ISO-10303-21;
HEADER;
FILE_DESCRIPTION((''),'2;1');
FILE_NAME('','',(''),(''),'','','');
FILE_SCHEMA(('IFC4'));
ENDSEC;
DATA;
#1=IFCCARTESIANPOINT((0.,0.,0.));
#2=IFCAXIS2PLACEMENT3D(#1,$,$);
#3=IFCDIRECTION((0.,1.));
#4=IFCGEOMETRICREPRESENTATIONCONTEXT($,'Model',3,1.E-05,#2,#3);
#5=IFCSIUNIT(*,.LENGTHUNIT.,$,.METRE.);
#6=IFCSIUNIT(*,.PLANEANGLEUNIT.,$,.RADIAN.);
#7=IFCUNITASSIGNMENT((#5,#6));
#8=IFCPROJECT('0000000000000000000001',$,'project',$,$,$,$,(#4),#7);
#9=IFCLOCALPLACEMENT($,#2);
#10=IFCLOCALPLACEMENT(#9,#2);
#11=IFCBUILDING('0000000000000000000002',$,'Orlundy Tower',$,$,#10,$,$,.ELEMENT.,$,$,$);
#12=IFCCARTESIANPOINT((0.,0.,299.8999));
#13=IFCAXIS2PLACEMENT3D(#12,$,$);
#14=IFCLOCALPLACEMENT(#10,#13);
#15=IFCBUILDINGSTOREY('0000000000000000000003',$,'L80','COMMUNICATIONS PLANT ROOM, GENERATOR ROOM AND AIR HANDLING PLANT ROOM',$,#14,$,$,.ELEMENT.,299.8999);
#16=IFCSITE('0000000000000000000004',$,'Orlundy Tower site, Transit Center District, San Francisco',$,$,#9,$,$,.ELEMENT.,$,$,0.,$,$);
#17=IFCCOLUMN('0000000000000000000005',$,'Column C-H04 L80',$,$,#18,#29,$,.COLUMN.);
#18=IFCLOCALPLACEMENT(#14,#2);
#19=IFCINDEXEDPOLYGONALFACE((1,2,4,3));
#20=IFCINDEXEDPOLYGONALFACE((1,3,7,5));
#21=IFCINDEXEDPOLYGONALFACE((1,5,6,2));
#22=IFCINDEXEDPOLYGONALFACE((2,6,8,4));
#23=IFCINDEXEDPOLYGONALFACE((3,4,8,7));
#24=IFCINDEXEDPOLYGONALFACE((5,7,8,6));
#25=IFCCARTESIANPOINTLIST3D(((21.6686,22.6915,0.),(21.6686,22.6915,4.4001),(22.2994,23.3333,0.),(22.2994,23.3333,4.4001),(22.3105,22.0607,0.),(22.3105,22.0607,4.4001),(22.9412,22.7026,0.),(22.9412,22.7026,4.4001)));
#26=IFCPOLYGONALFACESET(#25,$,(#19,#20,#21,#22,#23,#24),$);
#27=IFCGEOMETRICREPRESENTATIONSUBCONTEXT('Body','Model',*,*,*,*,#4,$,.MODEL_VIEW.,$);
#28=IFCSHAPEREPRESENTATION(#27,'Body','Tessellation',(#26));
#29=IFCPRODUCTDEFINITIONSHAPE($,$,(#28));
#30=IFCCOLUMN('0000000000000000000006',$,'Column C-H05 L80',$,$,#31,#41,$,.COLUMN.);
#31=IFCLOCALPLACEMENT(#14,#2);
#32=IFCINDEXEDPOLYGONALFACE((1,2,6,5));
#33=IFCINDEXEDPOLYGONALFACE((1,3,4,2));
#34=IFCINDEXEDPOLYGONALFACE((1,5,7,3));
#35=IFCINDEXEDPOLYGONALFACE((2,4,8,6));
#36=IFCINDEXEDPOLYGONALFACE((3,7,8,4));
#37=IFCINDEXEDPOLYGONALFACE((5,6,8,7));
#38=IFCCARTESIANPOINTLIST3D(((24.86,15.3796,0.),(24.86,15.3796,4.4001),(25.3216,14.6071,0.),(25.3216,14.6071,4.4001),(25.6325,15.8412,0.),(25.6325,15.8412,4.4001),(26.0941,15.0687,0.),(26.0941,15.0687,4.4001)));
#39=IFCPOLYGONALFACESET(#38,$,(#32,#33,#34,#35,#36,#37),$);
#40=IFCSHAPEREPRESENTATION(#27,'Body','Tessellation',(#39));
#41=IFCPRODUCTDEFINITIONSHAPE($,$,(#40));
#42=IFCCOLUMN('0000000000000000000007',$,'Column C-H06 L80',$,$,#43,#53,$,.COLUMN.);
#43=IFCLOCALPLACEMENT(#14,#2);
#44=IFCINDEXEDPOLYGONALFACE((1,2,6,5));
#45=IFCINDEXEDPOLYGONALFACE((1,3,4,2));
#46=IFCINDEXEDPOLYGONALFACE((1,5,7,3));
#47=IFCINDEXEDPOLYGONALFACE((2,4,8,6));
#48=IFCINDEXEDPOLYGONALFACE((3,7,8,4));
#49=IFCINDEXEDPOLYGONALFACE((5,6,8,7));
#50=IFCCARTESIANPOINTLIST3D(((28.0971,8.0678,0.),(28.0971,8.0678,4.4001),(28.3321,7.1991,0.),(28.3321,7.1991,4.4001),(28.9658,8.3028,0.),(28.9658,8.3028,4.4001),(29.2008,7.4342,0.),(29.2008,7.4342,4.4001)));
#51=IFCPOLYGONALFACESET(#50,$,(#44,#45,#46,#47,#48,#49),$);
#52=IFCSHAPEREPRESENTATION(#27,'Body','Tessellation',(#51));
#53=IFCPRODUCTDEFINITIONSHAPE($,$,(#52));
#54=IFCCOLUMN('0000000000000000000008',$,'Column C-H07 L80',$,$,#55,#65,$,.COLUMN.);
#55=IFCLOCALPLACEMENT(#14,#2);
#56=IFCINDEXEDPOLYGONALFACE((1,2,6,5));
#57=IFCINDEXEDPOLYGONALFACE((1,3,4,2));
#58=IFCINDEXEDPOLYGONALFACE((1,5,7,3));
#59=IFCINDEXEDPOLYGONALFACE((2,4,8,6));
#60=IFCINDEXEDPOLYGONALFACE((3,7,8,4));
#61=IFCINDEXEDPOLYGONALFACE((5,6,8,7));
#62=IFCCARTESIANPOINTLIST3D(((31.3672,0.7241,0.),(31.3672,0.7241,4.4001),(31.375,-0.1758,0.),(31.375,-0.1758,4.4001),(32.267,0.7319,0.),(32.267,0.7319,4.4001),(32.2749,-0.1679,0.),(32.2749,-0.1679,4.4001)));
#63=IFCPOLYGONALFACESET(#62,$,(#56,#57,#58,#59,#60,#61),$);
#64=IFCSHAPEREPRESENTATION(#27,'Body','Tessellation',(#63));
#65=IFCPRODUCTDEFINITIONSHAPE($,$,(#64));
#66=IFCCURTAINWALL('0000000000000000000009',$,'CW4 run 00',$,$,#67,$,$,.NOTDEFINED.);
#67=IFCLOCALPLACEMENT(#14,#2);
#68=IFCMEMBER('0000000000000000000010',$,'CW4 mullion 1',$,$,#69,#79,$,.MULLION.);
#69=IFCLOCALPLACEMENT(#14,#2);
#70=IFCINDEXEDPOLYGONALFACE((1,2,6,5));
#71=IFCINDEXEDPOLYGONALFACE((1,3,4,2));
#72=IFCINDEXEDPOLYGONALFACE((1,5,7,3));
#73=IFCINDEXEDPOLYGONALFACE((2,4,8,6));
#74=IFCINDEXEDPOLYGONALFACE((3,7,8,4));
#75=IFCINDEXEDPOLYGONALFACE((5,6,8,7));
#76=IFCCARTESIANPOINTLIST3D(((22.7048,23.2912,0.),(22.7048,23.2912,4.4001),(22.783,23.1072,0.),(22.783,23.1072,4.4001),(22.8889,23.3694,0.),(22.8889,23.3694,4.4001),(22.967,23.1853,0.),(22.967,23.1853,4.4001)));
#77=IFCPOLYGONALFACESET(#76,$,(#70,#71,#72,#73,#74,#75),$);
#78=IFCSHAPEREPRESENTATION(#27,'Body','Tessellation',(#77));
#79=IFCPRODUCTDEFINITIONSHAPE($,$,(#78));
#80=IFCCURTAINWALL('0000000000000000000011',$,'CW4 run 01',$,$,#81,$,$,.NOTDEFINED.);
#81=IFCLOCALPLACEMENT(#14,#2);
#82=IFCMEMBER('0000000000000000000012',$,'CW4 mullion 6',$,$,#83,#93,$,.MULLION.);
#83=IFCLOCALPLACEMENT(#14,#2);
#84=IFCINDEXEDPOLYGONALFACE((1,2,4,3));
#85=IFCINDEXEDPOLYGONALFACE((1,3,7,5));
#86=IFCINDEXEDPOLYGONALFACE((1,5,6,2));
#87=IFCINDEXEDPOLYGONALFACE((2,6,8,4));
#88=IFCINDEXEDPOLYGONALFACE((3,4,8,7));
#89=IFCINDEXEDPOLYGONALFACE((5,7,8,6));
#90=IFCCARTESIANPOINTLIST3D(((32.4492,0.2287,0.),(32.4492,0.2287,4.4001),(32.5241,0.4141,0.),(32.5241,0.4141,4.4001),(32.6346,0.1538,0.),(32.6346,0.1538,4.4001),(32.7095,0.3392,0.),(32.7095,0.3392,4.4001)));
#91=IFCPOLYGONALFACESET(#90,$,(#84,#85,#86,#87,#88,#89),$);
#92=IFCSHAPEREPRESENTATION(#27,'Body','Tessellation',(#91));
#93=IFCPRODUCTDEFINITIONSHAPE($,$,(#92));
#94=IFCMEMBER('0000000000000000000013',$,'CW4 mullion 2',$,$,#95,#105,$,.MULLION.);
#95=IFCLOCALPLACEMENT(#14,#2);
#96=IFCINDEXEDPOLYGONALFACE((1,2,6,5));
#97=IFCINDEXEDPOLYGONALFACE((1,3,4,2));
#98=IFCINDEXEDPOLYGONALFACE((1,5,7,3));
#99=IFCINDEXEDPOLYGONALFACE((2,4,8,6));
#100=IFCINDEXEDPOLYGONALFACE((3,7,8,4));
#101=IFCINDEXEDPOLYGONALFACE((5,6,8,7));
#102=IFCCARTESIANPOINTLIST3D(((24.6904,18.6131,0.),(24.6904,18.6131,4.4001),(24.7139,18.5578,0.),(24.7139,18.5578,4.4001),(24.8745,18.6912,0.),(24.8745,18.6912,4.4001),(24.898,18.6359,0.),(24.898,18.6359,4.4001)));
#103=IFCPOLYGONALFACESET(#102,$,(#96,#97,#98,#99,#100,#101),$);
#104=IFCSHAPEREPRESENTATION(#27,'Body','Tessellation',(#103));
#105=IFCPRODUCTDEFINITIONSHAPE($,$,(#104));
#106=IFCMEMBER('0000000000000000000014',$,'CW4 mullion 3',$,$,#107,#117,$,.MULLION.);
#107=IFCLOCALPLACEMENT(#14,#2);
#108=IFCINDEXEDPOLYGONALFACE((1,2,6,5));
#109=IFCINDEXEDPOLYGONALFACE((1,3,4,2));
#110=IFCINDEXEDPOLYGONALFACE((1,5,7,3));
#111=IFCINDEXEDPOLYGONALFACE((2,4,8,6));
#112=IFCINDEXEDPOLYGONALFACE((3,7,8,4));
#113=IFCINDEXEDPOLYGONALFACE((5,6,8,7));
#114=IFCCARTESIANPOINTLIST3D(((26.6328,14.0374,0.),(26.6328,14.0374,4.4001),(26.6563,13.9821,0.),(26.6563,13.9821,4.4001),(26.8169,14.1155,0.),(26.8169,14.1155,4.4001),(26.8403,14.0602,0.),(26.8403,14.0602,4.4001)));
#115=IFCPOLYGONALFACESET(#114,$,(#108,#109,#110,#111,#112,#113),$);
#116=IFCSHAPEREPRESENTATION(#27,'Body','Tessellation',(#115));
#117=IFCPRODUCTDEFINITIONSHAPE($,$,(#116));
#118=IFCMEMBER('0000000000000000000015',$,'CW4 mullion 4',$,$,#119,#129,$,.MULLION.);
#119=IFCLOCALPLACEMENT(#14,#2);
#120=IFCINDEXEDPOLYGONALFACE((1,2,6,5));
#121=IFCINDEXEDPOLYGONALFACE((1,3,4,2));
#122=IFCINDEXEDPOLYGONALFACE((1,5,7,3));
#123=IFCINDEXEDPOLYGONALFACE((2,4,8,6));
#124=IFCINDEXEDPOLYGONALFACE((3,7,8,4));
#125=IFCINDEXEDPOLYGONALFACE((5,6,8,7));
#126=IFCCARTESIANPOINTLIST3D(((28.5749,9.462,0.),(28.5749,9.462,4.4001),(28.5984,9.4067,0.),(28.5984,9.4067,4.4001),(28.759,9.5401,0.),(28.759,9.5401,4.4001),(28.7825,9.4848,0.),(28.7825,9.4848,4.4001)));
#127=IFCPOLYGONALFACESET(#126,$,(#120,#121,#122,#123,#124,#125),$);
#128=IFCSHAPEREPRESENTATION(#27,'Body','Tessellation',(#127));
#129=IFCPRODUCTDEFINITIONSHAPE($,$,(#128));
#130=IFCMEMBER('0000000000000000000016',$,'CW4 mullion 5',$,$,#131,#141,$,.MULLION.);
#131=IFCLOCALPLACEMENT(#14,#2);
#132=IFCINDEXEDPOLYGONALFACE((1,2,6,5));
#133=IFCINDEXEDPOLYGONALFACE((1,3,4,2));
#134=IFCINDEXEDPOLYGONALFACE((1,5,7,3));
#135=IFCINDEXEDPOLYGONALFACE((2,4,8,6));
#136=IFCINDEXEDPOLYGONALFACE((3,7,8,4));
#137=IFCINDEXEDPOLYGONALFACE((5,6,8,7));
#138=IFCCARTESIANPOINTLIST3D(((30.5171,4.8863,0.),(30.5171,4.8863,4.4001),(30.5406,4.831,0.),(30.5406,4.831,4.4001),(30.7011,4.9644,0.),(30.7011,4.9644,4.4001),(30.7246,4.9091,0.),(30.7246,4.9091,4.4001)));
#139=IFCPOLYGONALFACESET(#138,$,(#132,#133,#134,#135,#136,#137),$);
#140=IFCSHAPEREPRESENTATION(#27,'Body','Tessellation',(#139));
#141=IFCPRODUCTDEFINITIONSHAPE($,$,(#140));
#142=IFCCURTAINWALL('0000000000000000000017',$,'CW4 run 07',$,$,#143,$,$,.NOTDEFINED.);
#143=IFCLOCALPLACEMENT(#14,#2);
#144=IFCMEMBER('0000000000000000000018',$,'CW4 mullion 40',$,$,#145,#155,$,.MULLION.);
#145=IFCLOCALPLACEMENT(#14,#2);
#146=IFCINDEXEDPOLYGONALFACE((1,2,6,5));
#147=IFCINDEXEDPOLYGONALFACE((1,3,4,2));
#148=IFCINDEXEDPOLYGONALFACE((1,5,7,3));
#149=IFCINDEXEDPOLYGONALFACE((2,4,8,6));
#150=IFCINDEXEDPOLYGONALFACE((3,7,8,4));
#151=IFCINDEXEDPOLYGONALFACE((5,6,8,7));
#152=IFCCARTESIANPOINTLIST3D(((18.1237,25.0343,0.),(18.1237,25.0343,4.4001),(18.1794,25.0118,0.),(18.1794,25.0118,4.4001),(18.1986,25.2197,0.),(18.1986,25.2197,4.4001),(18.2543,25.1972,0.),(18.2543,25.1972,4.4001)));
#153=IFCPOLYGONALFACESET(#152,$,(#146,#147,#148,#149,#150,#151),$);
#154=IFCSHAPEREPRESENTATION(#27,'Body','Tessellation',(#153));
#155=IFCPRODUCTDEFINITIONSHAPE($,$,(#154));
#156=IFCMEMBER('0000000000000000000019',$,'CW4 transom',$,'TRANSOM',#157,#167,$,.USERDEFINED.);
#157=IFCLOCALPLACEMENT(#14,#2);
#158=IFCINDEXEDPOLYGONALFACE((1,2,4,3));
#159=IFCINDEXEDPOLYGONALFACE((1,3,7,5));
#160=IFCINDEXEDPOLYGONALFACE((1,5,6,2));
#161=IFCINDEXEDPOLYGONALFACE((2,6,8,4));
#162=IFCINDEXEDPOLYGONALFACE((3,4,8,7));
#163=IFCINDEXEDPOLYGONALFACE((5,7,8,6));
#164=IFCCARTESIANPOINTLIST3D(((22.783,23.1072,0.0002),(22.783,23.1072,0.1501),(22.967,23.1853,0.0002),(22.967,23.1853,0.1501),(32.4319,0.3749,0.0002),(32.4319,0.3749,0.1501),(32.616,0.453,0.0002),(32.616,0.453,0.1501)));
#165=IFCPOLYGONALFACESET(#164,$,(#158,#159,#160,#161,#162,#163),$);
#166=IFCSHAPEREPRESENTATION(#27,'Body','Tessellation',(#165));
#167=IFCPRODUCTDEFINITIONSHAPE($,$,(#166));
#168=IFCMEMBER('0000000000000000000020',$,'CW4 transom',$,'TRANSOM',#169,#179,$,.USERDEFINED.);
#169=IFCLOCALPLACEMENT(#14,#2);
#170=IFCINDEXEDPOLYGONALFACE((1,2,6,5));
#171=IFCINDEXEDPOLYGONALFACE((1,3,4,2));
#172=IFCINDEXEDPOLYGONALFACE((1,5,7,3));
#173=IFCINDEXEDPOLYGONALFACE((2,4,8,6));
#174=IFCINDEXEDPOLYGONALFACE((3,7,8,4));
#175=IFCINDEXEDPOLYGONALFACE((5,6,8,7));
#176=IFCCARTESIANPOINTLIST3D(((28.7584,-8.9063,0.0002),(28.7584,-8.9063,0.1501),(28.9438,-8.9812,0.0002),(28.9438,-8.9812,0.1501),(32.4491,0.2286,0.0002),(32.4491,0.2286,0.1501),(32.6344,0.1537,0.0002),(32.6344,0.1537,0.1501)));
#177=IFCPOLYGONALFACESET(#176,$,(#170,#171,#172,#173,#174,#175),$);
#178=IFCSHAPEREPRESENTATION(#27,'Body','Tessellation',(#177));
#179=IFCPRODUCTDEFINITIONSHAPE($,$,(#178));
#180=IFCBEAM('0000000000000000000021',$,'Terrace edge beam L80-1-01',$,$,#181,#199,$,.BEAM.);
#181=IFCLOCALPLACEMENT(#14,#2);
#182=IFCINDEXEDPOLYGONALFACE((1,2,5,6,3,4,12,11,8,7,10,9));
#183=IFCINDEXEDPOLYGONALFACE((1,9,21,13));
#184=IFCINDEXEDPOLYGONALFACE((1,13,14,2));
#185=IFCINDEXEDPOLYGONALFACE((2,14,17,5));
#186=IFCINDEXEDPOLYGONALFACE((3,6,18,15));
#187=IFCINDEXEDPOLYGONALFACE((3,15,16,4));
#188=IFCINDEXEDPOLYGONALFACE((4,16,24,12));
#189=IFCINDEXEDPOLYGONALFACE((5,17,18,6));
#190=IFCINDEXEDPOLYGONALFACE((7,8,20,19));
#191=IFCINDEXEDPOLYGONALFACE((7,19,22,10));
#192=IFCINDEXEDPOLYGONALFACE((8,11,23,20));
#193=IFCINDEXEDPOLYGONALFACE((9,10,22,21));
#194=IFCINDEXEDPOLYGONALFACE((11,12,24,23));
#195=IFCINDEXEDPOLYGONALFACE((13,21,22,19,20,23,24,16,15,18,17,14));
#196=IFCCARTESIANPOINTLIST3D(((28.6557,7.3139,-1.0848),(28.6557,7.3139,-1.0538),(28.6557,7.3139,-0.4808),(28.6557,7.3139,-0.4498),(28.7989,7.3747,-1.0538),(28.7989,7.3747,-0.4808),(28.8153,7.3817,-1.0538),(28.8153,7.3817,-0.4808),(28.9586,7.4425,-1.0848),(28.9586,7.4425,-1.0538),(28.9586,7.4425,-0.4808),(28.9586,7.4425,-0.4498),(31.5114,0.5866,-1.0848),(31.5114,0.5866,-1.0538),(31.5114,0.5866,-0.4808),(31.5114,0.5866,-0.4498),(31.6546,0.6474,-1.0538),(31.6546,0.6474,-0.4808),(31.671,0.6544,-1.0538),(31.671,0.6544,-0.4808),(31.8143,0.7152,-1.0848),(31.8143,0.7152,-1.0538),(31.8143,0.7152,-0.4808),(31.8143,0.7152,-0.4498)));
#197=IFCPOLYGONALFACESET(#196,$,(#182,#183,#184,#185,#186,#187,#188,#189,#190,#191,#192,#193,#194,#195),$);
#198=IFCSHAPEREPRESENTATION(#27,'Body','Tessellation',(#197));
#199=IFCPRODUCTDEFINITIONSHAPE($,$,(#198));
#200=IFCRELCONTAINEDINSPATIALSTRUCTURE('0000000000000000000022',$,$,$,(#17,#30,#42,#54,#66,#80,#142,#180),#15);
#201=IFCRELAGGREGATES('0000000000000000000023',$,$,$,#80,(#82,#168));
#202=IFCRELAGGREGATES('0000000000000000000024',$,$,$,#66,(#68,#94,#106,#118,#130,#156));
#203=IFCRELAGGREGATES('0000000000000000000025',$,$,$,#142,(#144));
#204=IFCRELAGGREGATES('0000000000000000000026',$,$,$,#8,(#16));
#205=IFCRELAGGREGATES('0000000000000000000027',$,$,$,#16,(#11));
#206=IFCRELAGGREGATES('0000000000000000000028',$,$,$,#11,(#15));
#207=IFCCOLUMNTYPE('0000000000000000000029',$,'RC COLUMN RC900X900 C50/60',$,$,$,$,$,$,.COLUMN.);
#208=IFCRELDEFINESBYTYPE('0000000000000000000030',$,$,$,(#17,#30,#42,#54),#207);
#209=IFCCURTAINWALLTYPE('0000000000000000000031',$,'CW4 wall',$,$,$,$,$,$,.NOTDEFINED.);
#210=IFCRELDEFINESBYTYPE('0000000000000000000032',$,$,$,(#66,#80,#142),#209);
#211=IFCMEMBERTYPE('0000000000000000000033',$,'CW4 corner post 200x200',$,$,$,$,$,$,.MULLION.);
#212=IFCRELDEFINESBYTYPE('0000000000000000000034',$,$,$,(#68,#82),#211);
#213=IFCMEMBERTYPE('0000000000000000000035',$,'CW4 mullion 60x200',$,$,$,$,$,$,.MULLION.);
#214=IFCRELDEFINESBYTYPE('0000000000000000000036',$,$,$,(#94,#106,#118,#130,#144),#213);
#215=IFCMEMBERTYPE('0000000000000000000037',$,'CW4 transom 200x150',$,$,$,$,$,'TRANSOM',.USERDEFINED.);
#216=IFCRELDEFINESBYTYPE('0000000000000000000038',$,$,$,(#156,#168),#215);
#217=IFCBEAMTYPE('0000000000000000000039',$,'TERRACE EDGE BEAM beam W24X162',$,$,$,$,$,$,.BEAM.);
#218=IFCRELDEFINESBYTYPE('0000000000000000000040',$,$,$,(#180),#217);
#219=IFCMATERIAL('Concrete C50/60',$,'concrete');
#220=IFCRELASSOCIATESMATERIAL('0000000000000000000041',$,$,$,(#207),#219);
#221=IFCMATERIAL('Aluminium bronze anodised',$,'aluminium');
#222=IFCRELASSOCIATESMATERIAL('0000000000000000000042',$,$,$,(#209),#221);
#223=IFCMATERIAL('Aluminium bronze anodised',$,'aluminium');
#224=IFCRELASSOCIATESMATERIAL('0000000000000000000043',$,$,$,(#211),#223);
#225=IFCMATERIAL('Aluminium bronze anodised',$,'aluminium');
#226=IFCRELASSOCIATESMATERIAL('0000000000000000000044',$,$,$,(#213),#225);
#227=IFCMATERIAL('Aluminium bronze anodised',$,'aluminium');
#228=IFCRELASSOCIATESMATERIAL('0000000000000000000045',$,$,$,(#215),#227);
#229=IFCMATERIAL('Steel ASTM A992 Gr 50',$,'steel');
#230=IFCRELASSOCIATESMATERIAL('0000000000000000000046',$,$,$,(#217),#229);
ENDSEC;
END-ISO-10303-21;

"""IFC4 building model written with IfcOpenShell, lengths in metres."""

from ifc_helpers import new_model, si_unit, direction, frame, origin, origin_2d, place, context, subcontext, project, spatial, rectangle, i_section, extrude, material, material_profile, profile_set, type_object, element, aggregate, save


model = new_model("IFC4")

# Units and contexts
model_context = context("Model", 3, precision=1e-05, world=origin(), true_north=direction((0.0, 1.0)))
body_context = subcontext(model_context, "Body", "Model", "MODEL_VIEW")
ifc_project = project(units=[si_unit("LENGTHUNIT", "METRE"), si_unit("PLANEANGLEUNIT", "RADIAN")], contexts=[model_context])

# Site, building, storey
site_placement = place(None, origin())
site = spatial("IfcSite", under=ifc_project, at=site_placement, Name="Orlundy Tower site, Transit Center District, San Francisco", CompositionType="ELEMENT", RefElevation=0.0)
building_placement = place(site_placement, origin())
building = spatial("IfcBuilding", under=site, at=building_placement, Name="Orlundy Tower", CompositionType="ELEMENT")
storey_placement = place(building_placement, frame((0.0, 0.0, 299.8999)))
storey = spatial("IfcBuildingStorey", under=building, at=storey_placement, Name="L80", Description="COMMUNICATIONS PLANT ROOM, GENERATOR ROOM AND AIR HANDLING PLANT ROOM", CompositionType="ELEMENT", Elevation=299.8999)

# Columns
ifc_material_1 = material(Name="Concrete C50/60", Category="concrete")
ifc_material_profile_1 = material_profile(ifc_material_1, rectangle(XDim=0.8999, YDim=0.8999, at=origin_2d()), Name="RC900X900")
ifc_profile_set_1 = profile_set([ifc_material_profile_1], Name="Concrete C50/60")
column_type = type_object("IfcColumnType", Name="RC COLUMN RC900X900 C50/60", PredefinedType="COLUMN", material=ifc_profile_set_1)
for number, where, z_axis, x_axis, name in (
    (1, (22.3049, 22.697, 0.0), (0.0, 0.0, 1.0), (0.700922, 0.713238, 0.0), "Column C-H04 L80"),
    (2, (25.4771, 15.2241, 0.0), (0.0, 0.0, 1.0), (0.858414, 0.512957, 0.0), "Column C-H05 L80"),
    (3, (28.6489, 7.751, 0.0), (0.0, 0.0, 1.0), (0.965295, 0.261162, 0.0), "Column C-H06 L80"),
    (4, (31.821, 0.2781, 0.0), (0.0, 0.0, 1.0), (0.999962, 0.008744, 0.0), "Column C-H07 L80"),
):
    element("IfcColumn", number, at=place(storey_placement, frame(where, z_axis=z_axis, x_axis=x_axis)), inside=storey, type_object=column_type, Name=name, PredefinedType="COLUMN", context=body_context, shape_type="SweptSolid", body=[
        extrude(rectangle(XDim=0.8999, YDim=0.8999, at=origin_2d()), origin(), (0.0, 0.0, 1.0), 4.4001),
    ])

# Curtain walls, members
ifc_material_2 = material(Name="Aluminium bronze anodised", Category="aluminium")
curtain_wall_type = type_object("IfcCurtainWallType", Name="CW4 wall", PredefinedType="NOTDEFINED", material=ifc_material_2)
curtain_wall_1_placement = place(storey_placement, origin())
curtain_wall_1 = element("IfcCurtainWall", 5, at=curtain_wall_1_placement, inside=storey, type_object=curtain_wall_type, Name="CW4 run 00", PredefinedType="NOTDEFINED")
ifc_material_3 = material(Name="Aluminium bronze anodised", Category="aluminium")
ifc_material_profile_2 = material_profile(ifc_material_3, rectangle(XDim=0.2, YDim=0.2, at=origin_2d()), Name="CW4 corner post 200x200")
ifc_profile_set_2 = profile_set([ifc_material_profile_2], Name="Aluminium bronze anodised")
member_type_1 = type_object("IfcMemberType", Name="CW4 corner post 200x200", PredefinedType="MULLION", material=ifc_profile_set_2)
member_1_placement = place(storey_placement, frame((22.8359, 23.2383, 0.0), z_axis=(0.0, 0.0, 1.0), x_axis=(0.920507, 0.390727, 0.0)))
member_1 = element("IfcMember", 6, at=member_1_placement, type_object=member_type_1, Name="CW4 mullion 1", PredefinedType="MULLION", context=body_context, shape_type="SweptSolid", body=[
    extrude(rectangle(XDim=0.2, YDim=0.2, at=origin_2d()), origin(), (0.0, 0.0, 1.0), 4.4001),
])
curtain_wall_2_placement = place(storey_placement, origin())
curtain_wall_2 = element("IfcCurtainWall", 7, at=curtain_wall_2_placement, inside=storey, type_object=curtain_wall_type, Name="CW4 run 01", PredefinedType="NOTDEFINED")
member_2_placement = place(storey_placement, frame((32.5793, 0.2839, 0.0), z_axis=(0.0, 0.0, 1.0), x_axis=(0.927184, -0.374607, 0.0)))
member_2 = element("IfcMember", 8, at=member_2_placement, type_object=member_type_1, Name="CW4 mullion 6", PredefinedType="MULLION", context=body_context, shape_type="SweptSolid", body=[
    extrude(rectangle(XDim=0.2, YDim=0.2, at=origin_2d()), origin(), (0.0, 0.0, 1.0), 4.4001),
])

# Members
ifc_material_4 = material(Name="Aluminium bronze anodised", Category="aluminium")
ifc_material_profile_3 = material_profile(ifc_material_4, rectangle(XDim=0.2, YDim=0.0601, at=origin_2d()), Name="CW4 mullion 60x200")
ifc_profile_set_3 = profile_set([ifc_material_profile_3], Name="Aluminium bronze anodised")
member_type_2 = type_object("IfcMemberType", Name="CW4 mullion 60x200", PredefinedType="MULLION", material=ifc_profile_set_3)
member_3_placement = place(storey_placement, frame((24.7942, 18.6245, 0.0), z_axis=(0.0, 0.0, 1.0), x_axis=(0.920507, 0.390727, 0.0)))
member_3 = element("IfcMember", 9, at=member_3_placement, type_object=member_type_2, Name="CW4 mullion 2", PredefinedType="MULLION", context=body_context, shape_type="SweptSolid", body=[
    extrude(rectangle(XDim=0.2, YDim=0.0601, at=origin_2d()), origin(), (0.0, 0.0, 1.0), 4.4001),
])
member_4_placement = place(storey_placement, frame((26.7366, 14.0488, 0.0), z_axis=(0.0, 0.0, 1.0), x_axis=(0.920507, 0.390727, 0.0)))
member_4 = element("IfcMember", 10, at=member_4_placement, type_object=member_type_2, Name="CW4 mullion 3", PredefinedType="MULLION", context=body_context, shape_type="SweptSolid", body=[
    extrude(rectangle(XDim=0.2, YDim=0.0601, at=origin_2d()), origin(), (0.0, 0.0, 1.0), 4.4001),
])
member_5_placement = place(storey_placement, frame((28.6787, 9.4734, 0.0), z_axis=(0.0, 0.0, 1.0), x_axis=(0.920507, 0.390727, 0.0)))
member_5 = element("IfcMember", 11, at=member_5_placement, type_object=member_type_2, Name="CW4 mullion 4", PredefinedType="MULLION", context=body_context, shape_type="SweptSolid", body=[
    extrude(rectangle(XDim=0.2, YDim=0.0601, at=origin_2d()), origin(), (0.0, 0.0, 1.0), 4.4001),
])
member_6_placement = place(storey_placement, frame((30.6208, 4.8977, 0.0), z_axis=(0.0, 0.0, 1.0), x_axis=(0.920507, 0.390727, 0.0)))
member_6 = element("IfcMember", 12, at=member_6_placement, type_object=member_type_2, Name="CW4 mullion 5", PredefinedType="MULLION", context=body_context, shape_type="SweptSolid", body=[
    extrude(rectangle(XDim=0.2, YDim=0.0601, at=origin_2d()), origin(), (0.0, 0.0, 1.0), 4.4001),
])

# Curtain wall, member
curtain_wall_3_placement = place(storey_placement, origin())
curtain_wall_3 = element("IfcCurtainWall", 13, at=curtain_wall_3_placement, inside=storey, type_object=curtain_wall_type, Name="CW4 run 07", PredefinedType="NOTDEFINED")
member_7_placement = place(storey_placement, frame((18.189, 25.1157, 0.0), z_axis=(0.0, 0.0, 1.0), x_axis=(0.374607, 0.927184, 0.0)))
member_7 = element("IfcMember", 14, at=member_7_placement, type_object=member_type_2, Name="CW4 mullion 40", PredefinedType="MULLION", context=body_context, shape_type="SweptSolid", body=[
    extrude(rectangle(XDim=0.2, YDim=0.0601, at=origin_2d()), origin(), (0.0, 0.0, 1.0), 4.4001),
])

# Members
ifc_material_5 = material(Name="Aluminium bronze anodised", Category="aluminium")
ifc_material_profile_4 = material_profile(ifc_material_5, rectangle(XDim=0.2, YDim=0.1499, at=origin_2d()), Name="CW4 transom 200x150")
ifc_profile_set_4 = profile_set([ifc_material_profile_4], Name="Aluminium bronze anodised")
member_type_3 = type_object("IfcMemberType", Name="CW4 transom 200x150", ElementType="TRANSOM", PredefinedType="USERDEFINED", material=ifc_profile_set_4)
member_8_placement = place(storey_placement, frame((22.875, 23.1462, 0.0752), z_axis=(0.39072, -0.920509, 0.0), x_axis=(0.920509, 0.39072, 0.0)))
member_8 = element("IfcMember", 15, at=member_8_placement, type_object=member_type_3, Name="CW4 transom", ObjectType="TRANSOM", PredefinedType="USERDEFINED", context=body_context, shape_type="SweptSolid", body=[
    extrude(rectangle(XDim=0.2, YDim=0.1499, at=origin_2d()), origin(), (0.0, 0.0, 1.0), 24.6953),
])
member_9_placement = place(storey_placement, frame((32.5417, 0.1912, 0.0752), z_axis=(-0.374597, -0.927188, 0.0), x_axis=(0.927188, -0.374597, 0.0)))
member_9 = element("IfcMember", 16, at=member_9_placement, type_object=member_type_3, Name="CW4 transom", ObjectType="TRANSOM", PredefinedType="USERDEFINED", context=body_context, shape_type="SweptSolid", body=[
    extrude(rectangle(XDim=0.2, YDim=0.1499, at=origin_2d()), origin(), (0.0, 0.0, 1.0), 9.8523),
])
aggregate(curtain_wall_2, [member_2, member_9])

# Beam
ifc_material_6 = material(Name="Steel ASTM A992 Gr 50", Category="steel")
ifc_material_profile_5 = material_profile(ifc_material_6, i_section(OverallWidth=0.3291, OverallDepth=0.635, WebThickness=0.0178, FlangeThickness=0.031, at=origin_2d()), Name="W24X162")
ifc_profile_set_5 = profile_set([ifc_material_profile_5], Name="Steel ASTM A992 Gr 50")
beam_type = type_object("IfcBeamType", Name="TERRACE EDGE BEAM beam W24X162", PredefinedType="BEAM", material=ifc_profile_set_5)
for number, where, z_axis, x_axis, name in (
    (17, (31.6628, 0.6509, -0.7673), (-0.390748, 0.920498, 0.0), (-0.920498, -0.390748, 0.0), "Terrace edge beam L80-1-01"),
):
    element("IfcBeam", number, at=place(storey_placement, frame(where, z_axis=z_axis, x_axis=x_axis)), inside=storey, type_object=beam_type, Name=name, PredefinedType="BEAM", context=body_context, shape_type="SweptSolid", body=[
        extrude(i_section(OverallWidth=0.3291, OverallDepth=0.635, WebThickness=0.0178, FlangeThickness=0.031, at=origin_2d()), origin(), (0.0, 0.0, 1.0), 7.3083),
    ])

aggregate(curtain_wall_1, [member_1, member_3, member_4, member_5, member_6, member_8])
aggregate(curtain_wall_3, [member_7])

save(model, "model.ifc")
